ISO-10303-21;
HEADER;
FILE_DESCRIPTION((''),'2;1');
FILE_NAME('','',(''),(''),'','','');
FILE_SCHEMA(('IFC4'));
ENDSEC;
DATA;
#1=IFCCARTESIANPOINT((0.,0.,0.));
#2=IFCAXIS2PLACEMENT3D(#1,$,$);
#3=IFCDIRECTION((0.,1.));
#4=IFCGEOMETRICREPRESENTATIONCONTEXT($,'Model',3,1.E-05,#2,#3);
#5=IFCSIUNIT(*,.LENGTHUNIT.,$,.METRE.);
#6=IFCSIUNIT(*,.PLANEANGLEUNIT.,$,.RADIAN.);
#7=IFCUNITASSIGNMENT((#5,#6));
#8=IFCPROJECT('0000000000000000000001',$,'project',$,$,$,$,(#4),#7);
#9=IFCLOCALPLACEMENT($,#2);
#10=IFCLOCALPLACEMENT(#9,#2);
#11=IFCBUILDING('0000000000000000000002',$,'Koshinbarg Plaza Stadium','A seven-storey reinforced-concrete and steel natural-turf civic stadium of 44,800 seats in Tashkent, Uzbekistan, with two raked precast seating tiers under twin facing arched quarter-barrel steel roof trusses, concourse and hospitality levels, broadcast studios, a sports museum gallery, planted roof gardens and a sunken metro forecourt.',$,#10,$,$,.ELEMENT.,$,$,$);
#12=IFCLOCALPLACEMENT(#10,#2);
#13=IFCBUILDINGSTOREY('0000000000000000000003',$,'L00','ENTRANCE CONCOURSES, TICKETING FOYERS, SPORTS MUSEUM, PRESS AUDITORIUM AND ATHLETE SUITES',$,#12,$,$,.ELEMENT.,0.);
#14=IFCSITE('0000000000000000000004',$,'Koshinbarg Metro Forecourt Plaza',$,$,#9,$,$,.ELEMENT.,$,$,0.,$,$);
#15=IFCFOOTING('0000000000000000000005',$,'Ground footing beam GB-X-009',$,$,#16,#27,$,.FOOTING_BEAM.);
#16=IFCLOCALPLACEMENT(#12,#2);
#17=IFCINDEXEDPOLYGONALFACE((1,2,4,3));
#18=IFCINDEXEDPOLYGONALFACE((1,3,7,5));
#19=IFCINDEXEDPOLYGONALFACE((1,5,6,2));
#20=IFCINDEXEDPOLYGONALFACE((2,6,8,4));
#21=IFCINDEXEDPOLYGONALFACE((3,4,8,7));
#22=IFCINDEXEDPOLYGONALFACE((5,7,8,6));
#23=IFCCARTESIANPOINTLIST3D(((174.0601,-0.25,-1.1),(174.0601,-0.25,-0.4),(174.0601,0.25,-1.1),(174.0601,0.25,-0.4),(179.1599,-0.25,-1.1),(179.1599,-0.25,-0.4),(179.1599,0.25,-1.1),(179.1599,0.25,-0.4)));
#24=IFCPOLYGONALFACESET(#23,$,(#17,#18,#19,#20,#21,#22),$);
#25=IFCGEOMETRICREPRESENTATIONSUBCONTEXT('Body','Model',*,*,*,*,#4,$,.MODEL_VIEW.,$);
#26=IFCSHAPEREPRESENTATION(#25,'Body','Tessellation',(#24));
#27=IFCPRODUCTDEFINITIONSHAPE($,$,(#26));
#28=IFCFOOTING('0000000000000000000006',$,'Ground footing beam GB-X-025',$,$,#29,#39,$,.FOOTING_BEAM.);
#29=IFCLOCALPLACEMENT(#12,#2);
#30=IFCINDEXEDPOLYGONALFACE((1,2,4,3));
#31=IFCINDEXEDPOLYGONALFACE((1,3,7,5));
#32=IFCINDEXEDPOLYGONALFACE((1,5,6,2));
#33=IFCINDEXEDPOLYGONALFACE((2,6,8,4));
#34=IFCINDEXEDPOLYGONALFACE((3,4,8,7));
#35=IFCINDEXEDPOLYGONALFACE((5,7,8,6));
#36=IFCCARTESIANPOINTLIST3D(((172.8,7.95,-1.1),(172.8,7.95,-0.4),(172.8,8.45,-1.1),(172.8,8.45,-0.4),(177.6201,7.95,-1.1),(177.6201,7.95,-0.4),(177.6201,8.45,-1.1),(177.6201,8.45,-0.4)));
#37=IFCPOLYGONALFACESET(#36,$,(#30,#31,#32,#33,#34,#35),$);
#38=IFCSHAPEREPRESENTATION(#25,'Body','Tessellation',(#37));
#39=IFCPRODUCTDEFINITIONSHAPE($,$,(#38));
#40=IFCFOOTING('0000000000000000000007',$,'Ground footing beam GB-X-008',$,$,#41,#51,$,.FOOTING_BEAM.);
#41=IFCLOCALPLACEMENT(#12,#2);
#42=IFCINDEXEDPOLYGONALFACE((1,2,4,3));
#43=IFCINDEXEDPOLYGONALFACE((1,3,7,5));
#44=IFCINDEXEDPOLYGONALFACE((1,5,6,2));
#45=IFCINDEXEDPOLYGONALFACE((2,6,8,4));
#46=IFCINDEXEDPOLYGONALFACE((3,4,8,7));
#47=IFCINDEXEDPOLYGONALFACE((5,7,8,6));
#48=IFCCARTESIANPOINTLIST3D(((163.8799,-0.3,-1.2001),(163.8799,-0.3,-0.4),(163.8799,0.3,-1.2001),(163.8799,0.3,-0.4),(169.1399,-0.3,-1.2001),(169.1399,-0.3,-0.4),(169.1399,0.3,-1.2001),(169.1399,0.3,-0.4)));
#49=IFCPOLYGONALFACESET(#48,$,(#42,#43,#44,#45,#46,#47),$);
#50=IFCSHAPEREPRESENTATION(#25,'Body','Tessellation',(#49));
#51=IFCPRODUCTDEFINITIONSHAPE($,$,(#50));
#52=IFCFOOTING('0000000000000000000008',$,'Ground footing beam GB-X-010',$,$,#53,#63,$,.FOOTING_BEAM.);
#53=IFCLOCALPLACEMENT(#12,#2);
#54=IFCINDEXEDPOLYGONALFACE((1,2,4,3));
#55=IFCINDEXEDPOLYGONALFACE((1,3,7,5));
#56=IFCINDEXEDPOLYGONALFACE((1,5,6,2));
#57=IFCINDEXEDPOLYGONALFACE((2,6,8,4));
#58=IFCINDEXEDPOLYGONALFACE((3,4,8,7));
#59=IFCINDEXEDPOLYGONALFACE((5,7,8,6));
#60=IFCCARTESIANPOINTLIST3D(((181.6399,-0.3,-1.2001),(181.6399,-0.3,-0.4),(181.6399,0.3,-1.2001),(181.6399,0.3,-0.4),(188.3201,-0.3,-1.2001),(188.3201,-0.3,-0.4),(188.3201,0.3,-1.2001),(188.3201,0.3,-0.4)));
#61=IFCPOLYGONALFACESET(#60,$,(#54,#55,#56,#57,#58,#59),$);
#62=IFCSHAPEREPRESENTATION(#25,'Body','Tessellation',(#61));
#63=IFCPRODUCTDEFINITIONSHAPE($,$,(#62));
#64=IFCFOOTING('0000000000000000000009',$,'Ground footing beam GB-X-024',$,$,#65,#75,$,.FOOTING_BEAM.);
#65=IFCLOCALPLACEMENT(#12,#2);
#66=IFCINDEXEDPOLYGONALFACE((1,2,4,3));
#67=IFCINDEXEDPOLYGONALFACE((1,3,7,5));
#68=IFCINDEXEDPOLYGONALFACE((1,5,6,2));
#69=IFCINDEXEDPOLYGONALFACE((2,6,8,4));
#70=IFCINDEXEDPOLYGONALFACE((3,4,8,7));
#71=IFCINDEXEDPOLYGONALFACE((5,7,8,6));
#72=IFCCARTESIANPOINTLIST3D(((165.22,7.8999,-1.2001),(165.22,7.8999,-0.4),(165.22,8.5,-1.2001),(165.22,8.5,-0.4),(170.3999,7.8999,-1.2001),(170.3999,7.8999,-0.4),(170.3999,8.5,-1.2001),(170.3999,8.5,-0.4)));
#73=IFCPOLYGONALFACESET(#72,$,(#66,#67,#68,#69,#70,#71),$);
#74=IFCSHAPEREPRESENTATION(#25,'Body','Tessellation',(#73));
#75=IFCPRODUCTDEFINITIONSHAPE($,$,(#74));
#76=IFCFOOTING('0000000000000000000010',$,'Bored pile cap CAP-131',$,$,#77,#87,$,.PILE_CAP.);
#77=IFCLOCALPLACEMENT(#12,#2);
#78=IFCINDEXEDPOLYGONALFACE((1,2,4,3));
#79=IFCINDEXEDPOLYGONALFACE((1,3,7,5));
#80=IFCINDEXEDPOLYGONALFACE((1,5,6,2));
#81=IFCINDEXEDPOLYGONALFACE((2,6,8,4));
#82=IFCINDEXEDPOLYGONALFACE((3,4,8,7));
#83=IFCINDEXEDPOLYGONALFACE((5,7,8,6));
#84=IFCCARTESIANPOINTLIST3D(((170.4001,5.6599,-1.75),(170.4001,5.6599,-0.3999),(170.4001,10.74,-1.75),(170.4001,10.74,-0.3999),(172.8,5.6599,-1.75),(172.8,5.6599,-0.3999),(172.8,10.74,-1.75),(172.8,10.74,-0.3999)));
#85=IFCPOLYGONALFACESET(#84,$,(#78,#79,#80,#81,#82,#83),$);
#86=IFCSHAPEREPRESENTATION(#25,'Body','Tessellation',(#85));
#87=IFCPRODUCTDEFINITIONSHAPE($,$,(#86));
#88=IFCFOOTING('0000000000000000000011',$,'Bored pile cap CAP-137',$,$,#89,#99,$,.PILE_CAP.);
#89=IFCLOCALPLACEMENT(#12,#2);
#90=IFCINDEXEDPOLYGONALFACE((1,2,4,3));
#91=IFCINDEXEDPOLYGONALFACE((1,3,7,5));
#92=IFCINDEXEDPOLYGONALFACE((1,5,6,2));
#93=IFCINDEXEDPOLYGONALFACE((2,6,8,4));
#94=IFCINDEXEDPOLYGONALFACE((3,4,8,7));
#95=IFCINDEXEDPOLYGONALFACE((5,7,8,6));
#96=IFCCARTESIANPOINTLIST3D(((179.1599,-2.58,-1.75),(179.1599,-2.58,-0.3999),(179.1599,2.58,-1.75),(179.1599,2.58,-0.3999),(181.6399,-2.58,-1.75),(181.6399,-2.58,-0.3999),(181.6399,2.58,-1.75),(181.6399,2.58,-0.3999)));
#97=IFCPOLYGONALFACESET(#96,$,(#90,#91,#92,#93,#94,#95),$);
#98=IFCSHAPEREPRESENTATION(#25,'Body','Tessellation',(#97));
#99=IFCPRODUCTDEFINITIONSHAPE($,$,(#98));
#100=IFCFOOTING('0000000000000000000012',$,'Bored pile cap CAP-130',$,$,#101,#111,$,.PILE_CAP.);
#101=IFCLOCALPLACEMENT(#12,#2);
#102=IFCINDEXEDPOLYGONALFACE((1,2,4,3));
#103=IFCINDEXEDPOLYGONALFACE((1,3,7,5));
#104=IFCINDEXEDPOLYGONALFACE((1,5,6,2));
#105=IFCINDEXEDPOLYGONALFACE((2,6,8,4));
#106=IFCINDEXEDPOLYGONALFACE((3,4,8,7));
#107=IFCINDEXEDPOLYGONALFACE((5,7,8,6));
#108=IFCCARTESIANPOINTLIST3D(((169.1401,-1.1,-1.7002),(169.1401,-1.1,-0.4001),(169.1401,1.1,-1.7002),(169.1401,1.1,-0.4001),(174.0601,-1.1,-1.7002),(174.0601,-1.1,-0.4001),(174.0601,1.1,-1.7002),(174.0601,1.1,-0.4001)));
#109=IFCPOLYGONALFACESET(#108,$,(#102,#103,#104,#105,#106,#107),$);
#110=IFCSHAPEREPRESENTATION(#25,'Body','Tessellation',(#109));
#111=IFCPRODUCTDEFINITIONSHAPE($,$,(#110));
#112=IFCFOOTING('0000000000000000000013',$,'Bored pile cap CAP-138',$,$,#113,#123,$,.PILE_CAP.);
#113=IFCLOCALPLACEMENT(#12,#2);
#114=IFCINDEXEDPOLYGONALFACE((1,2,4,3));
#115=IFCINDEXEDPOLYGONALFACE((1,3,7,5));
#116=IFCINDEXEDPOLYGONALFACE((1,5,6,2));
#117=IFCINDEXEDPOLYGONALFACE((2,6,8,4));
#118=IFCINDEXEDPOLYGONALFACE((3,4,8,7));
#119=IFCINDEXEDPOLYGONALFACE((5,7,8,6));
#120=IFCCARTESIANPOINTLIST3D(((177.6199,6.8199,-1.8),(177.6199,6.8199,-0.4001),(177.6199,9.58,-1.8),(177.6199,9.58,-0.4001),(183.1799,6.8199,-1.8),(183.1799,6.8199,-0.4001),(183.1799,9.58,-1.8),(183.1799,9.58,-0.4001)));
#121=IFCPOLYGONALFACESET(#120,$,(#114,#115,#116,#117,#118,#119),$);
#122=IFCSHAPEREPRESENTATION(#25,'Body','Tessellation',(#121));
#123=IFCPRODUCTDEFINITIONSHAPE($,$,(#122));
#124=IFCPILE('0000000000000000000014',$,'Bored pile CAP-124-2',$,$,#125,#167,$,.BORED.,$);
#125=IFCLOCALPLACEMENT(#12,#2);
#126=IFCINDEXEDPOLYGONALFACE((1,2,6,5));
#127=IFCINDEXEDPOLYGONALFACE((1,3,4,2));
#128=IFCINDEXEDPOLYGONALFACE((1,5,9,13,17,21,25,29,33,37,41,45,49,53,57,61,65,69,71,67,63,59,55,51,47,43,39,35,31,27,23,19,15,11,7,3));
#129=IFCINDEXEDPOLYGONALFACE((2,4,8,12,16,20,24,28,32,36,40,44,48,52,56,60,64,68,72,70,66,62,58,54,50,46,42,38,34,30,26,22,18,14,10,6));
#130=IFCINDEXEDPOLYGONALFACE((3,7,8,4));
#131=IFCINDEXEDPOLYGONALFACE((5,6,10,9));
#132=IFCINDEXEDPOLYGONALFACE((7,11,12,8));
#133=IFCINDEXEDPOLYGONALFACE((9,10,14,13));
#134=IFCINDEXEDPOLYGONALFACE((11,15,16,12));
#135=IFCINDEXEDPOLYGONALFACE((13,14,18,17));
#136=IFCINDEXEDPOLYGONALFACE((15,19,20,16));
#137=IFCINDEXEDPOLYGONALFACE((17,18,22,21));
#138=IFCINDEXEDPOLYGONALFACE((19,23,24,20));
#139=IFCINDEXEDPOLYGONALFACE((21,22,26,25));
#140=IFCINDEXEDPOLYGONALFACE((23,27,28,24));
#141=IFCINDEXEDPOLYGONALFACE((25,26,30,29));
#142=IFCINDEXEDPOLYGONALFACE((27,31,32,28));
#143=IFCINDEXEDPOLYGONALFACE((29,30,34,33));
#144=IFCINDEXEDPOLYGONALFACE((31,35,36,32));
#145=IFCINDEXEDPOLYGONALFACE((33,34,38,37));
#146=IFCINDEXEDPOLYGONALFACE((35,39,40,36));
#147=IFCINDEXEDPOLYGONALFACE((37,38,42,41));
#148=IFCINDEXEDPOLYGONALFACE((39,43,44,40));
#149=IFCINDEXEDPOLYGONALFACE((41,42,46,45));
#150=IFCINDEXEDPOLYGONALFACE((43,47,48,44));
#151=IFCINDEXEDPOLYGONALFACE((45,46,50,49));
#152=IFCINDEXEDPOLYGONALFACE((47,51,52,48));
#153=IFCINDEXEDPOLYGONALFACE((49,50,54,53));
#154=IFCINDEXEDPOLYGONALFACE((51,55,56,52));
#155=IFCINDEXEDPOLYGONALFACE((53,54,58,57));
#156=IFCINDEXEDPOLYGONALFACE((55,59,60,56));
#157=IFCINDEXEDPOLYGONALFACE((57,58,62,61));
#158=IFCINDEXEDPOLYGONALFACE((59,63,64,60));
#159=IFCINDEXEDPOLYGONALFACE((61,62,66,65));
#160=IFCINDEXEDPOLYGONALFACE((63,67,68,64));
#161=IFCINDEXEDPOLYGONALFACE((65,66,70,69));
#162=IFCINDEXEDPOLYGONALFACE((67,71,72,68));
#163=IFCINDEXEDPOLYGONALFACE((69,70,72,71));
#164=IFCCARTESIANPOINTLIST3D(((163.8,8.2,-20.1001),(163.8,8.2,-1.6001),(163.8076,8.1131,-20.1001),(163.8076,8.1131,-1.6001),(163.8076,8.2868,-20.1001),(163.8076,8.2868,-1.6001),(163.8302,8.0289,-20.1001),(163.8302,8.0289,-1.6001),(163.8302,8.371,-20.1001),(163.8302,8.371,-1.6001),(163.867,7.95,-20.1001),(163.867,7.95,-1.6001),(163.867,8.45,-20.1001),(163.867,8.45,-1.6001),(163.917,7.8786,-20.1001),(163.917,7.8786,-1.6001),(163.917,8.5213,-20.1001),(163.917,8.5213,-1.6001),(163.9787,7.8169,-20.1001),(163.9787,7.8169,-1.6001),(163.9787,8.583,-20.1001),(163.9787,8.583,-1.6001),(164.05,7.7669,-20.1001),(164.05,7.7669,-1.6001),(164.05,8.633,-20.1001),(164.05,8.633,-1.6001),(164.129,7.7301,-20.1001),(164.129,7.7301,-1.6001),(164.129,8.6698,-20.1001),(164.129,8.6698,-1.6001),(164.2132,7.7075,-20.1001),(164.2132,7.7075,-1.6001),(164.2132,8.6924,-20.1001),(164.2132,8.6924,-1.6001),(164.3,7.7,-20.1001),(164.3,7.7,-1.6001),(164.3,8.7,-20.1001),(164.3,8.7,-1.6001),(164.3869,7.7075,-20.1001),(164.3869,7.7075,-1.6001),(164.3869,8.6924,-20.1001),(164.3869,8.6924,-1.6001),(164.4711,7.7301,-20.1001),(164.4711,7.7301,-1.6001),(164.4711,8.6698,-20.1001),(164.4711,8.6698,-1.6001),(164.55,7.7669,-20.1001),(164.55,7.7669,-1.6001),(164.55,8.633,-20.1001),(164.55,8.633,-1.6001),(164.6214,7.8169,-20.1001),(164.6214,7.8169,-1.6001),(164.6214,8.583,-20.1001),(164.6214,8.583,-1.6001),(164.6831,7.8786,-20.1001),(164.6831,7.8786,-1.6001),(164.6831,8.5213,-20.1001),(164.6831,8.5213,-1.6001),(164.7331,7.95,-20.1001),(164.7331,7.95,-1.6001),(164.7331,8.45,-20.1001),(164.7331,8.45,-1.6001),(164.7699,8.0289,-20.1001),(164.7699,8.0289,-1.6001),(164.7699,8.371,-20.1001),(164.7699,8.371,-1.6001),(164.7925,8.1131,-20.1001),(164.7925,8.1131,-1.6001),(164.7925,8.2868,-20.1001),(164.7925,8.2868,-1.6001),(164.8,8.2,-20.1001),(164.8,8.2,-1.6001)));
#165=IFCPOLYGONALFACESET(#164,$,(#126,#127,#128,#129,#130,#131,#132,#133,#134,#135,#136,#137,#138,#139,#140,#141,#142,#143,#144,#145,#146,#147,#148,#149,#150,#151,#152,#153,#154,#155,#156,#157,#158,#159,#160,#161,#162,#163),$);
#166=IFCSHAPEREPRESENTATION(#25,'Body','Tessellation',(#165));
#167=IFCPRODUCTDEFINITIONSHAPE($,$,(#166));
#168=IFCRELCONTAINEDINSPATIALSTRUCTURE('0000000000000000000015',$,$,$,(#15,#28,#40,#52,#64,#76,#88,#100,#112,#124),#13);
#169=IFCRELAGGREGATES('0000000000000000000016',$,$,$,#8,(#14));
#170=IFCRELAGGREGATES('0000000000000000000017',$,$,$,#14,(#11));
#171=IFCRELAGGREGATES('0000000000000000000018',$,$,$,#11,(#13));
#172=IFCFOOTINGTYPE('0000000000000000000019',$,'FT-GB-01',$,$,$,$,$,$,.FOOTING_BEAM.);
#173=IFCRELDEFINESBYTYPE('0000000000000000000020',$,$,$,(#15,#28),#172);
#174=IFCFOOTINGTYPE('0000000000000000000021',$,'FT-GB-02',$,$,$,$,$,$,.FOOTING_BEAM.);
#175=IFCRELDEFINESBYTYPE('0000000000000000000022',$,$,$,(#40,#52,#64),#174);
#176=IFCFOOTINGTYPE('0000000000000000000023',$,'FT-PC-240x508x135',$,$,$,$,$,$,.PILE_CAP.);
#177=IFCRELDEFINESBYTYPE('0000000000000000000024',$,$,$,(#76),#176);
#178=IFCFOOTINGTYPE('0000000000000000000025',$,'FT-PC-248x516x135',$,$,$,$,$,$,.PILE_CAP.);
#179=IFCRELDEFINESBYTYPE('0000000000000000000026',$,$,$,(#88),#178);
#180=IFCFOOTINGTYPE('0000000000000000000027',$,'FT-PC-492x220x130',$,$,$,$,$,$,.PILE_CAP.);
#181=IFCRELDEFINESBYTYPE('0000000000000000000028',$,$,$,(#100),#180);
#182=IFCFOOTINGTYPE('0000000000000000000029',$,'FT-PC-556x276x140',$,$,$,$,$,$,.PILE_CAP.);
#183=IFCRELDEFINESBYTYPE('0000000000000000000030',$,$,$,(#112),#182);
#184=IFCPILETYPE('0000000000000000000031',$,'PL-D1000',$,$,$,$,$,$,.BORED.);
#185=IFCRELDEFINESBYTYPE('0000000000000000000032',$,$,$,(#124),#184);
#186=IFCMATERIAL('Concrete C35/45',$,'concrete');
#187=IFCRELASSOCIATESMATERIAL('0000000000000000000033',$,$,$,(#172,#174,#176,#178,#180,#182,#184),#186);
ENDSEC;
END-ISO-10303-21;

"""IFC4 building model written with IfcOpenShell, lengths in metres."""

from ifc_helpers import new_model, si_unit, direction, frame, origin, origin_2d, place, context, subcontext, project, spatial, rectangle, circle, extrude, material, material_profile, profile_set, type_object, element, save


model = new_model("IFC4")

# Units and contexts
model_context = context("Model", 3, precision=1e-05, world=origin(), true_north=direction((0.0, 1.0)))
body_context = subcontext(model_context, "Body", "Model", "MODEL_VIEW")
ifc_project = project(units=[si_unit("LENGTHUNIT", "METRE"), si_unit("PLANEANGLEUNIT", "RADIAN")], contexts=[model_context])

# Site, building, storey
site_placement = place(None, origin())
site = spatial("IfcSite", under=ifc_project, at=site_placement, Name="Koshinbarg Metro Forecourt Plaza", CompositionType="ELEMENT", RefElevation=0.0)
building_placement = place(site_placement, origin())
building = spatial("IfcBuilding", under=site, at=building_placement, Name="Koshinbarg Plaza Stadium", Description="A seven-storey reinforced-concrete and steel natural-turf civic stadium of 44,800 seats in Tashkent, Uzbekistan, with two raked precast seating tiers under twin facing arched quarter-barrel steel roof trusses, concourse and hospitality levels, broadcast studios, a sports museum gallery, planted roof gardens and a sunken metro forecourt.", CompositionType="ELEMENT")
storey_placement = place(building_placement, origin())
storey = spatial("IfcBuildingStorey", under=building, at=storey_placement, Name="L00", Description="ENTRANCE CONCOURSES, TICKETING FOYERS, SPORTS MUSEUM, PRESS AUDITORIUM AND ATHLETE SUITES", CompositionType="ELEMENT", Elevation=0.0)

# Footings
ifc_material_1 = material(Name="Concrete C35/45", Category="concrete")
ifc_material_profile_1 = material_profile(ifc_material_1, rectangle(XDim=0.5, YDim=0.7, at=origin_2d()), Name="GB 500x700")
ifc_profile_set_1 = profile_set([ifc_material_profile_1], Name="Concrete C35/45")
footing_type_1 = type_object("IfcFootingType", Name="FT-GB-01", PredefinedType="FOOTING_BEAM", material=ifc_profile_set_1)
footing_1_placement = place(storey_placement, frame((174.0601, 0.0, -0.75), z_axis=(1.0, 0.0, 0.0), x_axis=(0.0, 1.0, 0.0)))
element("IfcFooting", 1, at=footing_1_placement, inside=storey, type_object=footing_type_1, Name="Ground footing beam GB-X-009", PredefinedType="FOOTING_BEAM", context=body_context, shape_type="SweptSolid", body=[
    extrude(rectangle(XDim=0.5, YDim=0.7, at=origin_2d()), origin(), (0.0, 0.0, 1.0), 5.0999),
])
footing_2_placement = place(storey_placement, frame((172.8, 8.2, -0.75), z_axis=(1.0, 0.0, 0.0), x_axis=(0.0, 1.0, 0.0)))
element("IfcFooting", 2, at=footing_2_placement, inside=storey, type_object=footing_type_1, Name="Ground footing beam GB-X-025", PredefinedType="FOOTING_BEAM", context=body_context, shape_type="SweptSolid", body=[
    extrude(rectangle(XDim=0.5, YDim=0.7, at=origin_2d()), origin(), (0.0, 0.0, 1.0), 4.8201),
])
ifc_material_profile_2 = material_profile(ifc_material_1, rectangle(XDim=0.6001, YDim=0.8, at=origin_2d()), Name="GB 600x800")
ifc_profile_set_2 = profile_set([ifc_material_profile_2], Name="Concrete C35/45")
footing_type_2 = type_object("IfcFootingType", Name="FT-GB-02", PredefinedType="FOOTING_BEAM", material=ifc_profile_set_2)
footing_3_placement = place(storey_placement, frame((163.8799, 0.0, -0.8), z_axis=(1.0, 0.0, 0.0), x_axis=(0.0, 1.0, 0.0)))
element("IfcFooting", 3, at=footing_3_placement, inside=storey, type_object=footing_type_2, Name="Ground footing beam GB-X-008", PredefinedType="FOOTING_BEAM", context=body_context, shape_type="SweptSolid", body=[
    extrude(rectangle(XDim=0.6001, YDim=0.8, at=origin_2d()), origin(), (0.0, 0.0, 1.0), 5.26),
])
footing_4_placement = place(storey_placement, frame((181.6399, 0.0, -0.8), z_axis=(1.0, 0.0, 0.0), x_axis=(0.0, 1.0, 0.0)))
element("IfcFooting", 4, at=footing_4_placement, inside=storey, type_object=footing_type_2, Name="Ground footing beam GB-X-010", PredefinedType="FOOTING_BEAM", context=body_context, shape_type="SweptSolid", body=[
    extrude(rectangle(XDim=0.6001, YDim=0.8, at=origin_2d()), origin(), (0.0, 0.0, 1.0), 6.6802),
])
footing_5_placement = place(storey_placement, frame((165.22, 8.2, -0.8), z_axis=(1.0, 0.0, 0.0), x_axis=(0.0, 1.0, 0.0)))
element("IfcFooting", 5, at=footing_5_placement, inside=storey, type_object=footing_type_2, Name="Ground footing beam GB-X-024", PredefinedType="FOOTING_BEAM", context=body_context, shape_type="SweptSolid", body=[
    extrude(rectangle(XDim=0.6001, YDim=0.8, at=origin_2d()), origin(), (0.0, 0.0, 1.0), 5.1799),
])
footing_type_3 = type_object("IfcFootingType", Name="FT-PC-240x508x135", PredefinedType="PILE_CAP", material=ifc_material_1)
footing_6_placement = place(storey_placement, frame((171.6001, 8.2, -1.75), z_axis=(0.0, 0.0, 1.0), x_axis=(1.0, 0.0, 0.0)))
element("IfcFooting", 6, at=footing_6_placement, inside=storey, type_object=footing_type_3, Name="Bored pile cap CAP-131", PredefinedType="PILE_CAP", context=body_context, shape_type="SweptSolid", body=[
    extrude(rectangle(XDim=2.3999, YDim=5.0801, at=origin_2d()), origin(), (0.0, 0.0, 1.0), 1.3501),
])
footing_type_4 = type_object("IfcFootingType", Name="FT-PC-248x516x135", PredefinedType="PILE_CAP", material=ifc_material_1)
footing_7_placement = place(storey_placement, frame((180.3999, 0.0, -1.75), z_axis=(0.0, 0.0, 1.0), x_axis=(1.0, 0.0, 0.0)))
element("IfcFooting", 7, at=footing_7_placement, inside=storey, type_object=footing_type_4, Name="Bored pile cap CAP-137", PredefinedType="PILE_CAP", context=body_context, shape_type="SweptSolid", body=[
    extrude(rectangle(XDim=2.48, YDim=5.1599, at=origin_2d()), origin(), (0.0, 0.0, 1.0), 1.3501),
])
footing_type_5 = type_object("IfcFootingType", Name="FT-PC-492x220x130", PredefinedType="PILE_CAP", material=ifc_material_1)
footing_8_placement = place(storey_placement, frame((171.6001, 0.0, -1.7002), z_axis=(0.0, 0.0, 1.0), x_axis=(1.0, 0.0, 0.0)))
element("IfcFooting", 8, at=footing_8_placement, inside=storey, type_object=footing_type_5, Name="Bored pile cap CAP-130", PredefinedType="PILE_CAP", context=body_context, shape_type="SweptSolid", body=[
    extrude(rectangle(XDim=4.9199, YDim=2.2, at=origin_2d()), origin(), (0.0, 0.0, 1.0), 1.3),
])
footing_type_6 = type_object("IfcFootingType", Name="FT-PC-556x276x140", PredefinedType="PILE_CAP", material=ifc_material_1)
footing_9_placement = place(storey_placement, frame((180.3999, 8.2, -1.8), z_axis=(0.0, 0.0, 1.0), x_axis=(1.0, 0.0, 0.0)))
element("IfcFooting", 9, at=footing_9_placement, inside=storey, type_object=footing_type_6, Name="Bored pile cap CAP-138", PredefinedType="PILE_CAP", context=body_context, shape_type="SweptSolid", body=[
    extrude(rectangle(XDim=5.5601, YDim=2.76, at=origin_2d()), origin(), (0.0, 0.0, 1.0), 1.3999),
])

# Pile
ifc_material_profile_3 = material_profile(ifc_material_1, circle(Radius=0.5, at=origin_2d()), Name="PILE D1000")
ifc_profile_set_3 = profile_set([ifc_material_profile_3], Name="Concrete C35/45")
pile_type_1 = type_object("IfcPileType", Name="PL-D1000", PredefinedType="BORED", material=ifc_profile_set_3)
for number, where, z_axis, x_axis, name in (
    (10, (164.3, 8.2, -1.6001), (0.0, 0.0, -1.0), (1.0, 0.0, 0.0), "Bored pile CAP-124-2"),
):
    element("IfcPile", number, at=place(storey_placement, frame(where, z_axis=z_axis, x_axis=x_axis)), inside=storey, type_object=pile_type_1, Name=name, PredefinedType="BORED", context=body_context, shape_type="SweptSolid", body=[
        extrude(circle(Radius=0.5, at=origin_2d()), origin(), (0.0, 0.0, 1.0), 18.5),
    ])

save(model, "model.ifc")
